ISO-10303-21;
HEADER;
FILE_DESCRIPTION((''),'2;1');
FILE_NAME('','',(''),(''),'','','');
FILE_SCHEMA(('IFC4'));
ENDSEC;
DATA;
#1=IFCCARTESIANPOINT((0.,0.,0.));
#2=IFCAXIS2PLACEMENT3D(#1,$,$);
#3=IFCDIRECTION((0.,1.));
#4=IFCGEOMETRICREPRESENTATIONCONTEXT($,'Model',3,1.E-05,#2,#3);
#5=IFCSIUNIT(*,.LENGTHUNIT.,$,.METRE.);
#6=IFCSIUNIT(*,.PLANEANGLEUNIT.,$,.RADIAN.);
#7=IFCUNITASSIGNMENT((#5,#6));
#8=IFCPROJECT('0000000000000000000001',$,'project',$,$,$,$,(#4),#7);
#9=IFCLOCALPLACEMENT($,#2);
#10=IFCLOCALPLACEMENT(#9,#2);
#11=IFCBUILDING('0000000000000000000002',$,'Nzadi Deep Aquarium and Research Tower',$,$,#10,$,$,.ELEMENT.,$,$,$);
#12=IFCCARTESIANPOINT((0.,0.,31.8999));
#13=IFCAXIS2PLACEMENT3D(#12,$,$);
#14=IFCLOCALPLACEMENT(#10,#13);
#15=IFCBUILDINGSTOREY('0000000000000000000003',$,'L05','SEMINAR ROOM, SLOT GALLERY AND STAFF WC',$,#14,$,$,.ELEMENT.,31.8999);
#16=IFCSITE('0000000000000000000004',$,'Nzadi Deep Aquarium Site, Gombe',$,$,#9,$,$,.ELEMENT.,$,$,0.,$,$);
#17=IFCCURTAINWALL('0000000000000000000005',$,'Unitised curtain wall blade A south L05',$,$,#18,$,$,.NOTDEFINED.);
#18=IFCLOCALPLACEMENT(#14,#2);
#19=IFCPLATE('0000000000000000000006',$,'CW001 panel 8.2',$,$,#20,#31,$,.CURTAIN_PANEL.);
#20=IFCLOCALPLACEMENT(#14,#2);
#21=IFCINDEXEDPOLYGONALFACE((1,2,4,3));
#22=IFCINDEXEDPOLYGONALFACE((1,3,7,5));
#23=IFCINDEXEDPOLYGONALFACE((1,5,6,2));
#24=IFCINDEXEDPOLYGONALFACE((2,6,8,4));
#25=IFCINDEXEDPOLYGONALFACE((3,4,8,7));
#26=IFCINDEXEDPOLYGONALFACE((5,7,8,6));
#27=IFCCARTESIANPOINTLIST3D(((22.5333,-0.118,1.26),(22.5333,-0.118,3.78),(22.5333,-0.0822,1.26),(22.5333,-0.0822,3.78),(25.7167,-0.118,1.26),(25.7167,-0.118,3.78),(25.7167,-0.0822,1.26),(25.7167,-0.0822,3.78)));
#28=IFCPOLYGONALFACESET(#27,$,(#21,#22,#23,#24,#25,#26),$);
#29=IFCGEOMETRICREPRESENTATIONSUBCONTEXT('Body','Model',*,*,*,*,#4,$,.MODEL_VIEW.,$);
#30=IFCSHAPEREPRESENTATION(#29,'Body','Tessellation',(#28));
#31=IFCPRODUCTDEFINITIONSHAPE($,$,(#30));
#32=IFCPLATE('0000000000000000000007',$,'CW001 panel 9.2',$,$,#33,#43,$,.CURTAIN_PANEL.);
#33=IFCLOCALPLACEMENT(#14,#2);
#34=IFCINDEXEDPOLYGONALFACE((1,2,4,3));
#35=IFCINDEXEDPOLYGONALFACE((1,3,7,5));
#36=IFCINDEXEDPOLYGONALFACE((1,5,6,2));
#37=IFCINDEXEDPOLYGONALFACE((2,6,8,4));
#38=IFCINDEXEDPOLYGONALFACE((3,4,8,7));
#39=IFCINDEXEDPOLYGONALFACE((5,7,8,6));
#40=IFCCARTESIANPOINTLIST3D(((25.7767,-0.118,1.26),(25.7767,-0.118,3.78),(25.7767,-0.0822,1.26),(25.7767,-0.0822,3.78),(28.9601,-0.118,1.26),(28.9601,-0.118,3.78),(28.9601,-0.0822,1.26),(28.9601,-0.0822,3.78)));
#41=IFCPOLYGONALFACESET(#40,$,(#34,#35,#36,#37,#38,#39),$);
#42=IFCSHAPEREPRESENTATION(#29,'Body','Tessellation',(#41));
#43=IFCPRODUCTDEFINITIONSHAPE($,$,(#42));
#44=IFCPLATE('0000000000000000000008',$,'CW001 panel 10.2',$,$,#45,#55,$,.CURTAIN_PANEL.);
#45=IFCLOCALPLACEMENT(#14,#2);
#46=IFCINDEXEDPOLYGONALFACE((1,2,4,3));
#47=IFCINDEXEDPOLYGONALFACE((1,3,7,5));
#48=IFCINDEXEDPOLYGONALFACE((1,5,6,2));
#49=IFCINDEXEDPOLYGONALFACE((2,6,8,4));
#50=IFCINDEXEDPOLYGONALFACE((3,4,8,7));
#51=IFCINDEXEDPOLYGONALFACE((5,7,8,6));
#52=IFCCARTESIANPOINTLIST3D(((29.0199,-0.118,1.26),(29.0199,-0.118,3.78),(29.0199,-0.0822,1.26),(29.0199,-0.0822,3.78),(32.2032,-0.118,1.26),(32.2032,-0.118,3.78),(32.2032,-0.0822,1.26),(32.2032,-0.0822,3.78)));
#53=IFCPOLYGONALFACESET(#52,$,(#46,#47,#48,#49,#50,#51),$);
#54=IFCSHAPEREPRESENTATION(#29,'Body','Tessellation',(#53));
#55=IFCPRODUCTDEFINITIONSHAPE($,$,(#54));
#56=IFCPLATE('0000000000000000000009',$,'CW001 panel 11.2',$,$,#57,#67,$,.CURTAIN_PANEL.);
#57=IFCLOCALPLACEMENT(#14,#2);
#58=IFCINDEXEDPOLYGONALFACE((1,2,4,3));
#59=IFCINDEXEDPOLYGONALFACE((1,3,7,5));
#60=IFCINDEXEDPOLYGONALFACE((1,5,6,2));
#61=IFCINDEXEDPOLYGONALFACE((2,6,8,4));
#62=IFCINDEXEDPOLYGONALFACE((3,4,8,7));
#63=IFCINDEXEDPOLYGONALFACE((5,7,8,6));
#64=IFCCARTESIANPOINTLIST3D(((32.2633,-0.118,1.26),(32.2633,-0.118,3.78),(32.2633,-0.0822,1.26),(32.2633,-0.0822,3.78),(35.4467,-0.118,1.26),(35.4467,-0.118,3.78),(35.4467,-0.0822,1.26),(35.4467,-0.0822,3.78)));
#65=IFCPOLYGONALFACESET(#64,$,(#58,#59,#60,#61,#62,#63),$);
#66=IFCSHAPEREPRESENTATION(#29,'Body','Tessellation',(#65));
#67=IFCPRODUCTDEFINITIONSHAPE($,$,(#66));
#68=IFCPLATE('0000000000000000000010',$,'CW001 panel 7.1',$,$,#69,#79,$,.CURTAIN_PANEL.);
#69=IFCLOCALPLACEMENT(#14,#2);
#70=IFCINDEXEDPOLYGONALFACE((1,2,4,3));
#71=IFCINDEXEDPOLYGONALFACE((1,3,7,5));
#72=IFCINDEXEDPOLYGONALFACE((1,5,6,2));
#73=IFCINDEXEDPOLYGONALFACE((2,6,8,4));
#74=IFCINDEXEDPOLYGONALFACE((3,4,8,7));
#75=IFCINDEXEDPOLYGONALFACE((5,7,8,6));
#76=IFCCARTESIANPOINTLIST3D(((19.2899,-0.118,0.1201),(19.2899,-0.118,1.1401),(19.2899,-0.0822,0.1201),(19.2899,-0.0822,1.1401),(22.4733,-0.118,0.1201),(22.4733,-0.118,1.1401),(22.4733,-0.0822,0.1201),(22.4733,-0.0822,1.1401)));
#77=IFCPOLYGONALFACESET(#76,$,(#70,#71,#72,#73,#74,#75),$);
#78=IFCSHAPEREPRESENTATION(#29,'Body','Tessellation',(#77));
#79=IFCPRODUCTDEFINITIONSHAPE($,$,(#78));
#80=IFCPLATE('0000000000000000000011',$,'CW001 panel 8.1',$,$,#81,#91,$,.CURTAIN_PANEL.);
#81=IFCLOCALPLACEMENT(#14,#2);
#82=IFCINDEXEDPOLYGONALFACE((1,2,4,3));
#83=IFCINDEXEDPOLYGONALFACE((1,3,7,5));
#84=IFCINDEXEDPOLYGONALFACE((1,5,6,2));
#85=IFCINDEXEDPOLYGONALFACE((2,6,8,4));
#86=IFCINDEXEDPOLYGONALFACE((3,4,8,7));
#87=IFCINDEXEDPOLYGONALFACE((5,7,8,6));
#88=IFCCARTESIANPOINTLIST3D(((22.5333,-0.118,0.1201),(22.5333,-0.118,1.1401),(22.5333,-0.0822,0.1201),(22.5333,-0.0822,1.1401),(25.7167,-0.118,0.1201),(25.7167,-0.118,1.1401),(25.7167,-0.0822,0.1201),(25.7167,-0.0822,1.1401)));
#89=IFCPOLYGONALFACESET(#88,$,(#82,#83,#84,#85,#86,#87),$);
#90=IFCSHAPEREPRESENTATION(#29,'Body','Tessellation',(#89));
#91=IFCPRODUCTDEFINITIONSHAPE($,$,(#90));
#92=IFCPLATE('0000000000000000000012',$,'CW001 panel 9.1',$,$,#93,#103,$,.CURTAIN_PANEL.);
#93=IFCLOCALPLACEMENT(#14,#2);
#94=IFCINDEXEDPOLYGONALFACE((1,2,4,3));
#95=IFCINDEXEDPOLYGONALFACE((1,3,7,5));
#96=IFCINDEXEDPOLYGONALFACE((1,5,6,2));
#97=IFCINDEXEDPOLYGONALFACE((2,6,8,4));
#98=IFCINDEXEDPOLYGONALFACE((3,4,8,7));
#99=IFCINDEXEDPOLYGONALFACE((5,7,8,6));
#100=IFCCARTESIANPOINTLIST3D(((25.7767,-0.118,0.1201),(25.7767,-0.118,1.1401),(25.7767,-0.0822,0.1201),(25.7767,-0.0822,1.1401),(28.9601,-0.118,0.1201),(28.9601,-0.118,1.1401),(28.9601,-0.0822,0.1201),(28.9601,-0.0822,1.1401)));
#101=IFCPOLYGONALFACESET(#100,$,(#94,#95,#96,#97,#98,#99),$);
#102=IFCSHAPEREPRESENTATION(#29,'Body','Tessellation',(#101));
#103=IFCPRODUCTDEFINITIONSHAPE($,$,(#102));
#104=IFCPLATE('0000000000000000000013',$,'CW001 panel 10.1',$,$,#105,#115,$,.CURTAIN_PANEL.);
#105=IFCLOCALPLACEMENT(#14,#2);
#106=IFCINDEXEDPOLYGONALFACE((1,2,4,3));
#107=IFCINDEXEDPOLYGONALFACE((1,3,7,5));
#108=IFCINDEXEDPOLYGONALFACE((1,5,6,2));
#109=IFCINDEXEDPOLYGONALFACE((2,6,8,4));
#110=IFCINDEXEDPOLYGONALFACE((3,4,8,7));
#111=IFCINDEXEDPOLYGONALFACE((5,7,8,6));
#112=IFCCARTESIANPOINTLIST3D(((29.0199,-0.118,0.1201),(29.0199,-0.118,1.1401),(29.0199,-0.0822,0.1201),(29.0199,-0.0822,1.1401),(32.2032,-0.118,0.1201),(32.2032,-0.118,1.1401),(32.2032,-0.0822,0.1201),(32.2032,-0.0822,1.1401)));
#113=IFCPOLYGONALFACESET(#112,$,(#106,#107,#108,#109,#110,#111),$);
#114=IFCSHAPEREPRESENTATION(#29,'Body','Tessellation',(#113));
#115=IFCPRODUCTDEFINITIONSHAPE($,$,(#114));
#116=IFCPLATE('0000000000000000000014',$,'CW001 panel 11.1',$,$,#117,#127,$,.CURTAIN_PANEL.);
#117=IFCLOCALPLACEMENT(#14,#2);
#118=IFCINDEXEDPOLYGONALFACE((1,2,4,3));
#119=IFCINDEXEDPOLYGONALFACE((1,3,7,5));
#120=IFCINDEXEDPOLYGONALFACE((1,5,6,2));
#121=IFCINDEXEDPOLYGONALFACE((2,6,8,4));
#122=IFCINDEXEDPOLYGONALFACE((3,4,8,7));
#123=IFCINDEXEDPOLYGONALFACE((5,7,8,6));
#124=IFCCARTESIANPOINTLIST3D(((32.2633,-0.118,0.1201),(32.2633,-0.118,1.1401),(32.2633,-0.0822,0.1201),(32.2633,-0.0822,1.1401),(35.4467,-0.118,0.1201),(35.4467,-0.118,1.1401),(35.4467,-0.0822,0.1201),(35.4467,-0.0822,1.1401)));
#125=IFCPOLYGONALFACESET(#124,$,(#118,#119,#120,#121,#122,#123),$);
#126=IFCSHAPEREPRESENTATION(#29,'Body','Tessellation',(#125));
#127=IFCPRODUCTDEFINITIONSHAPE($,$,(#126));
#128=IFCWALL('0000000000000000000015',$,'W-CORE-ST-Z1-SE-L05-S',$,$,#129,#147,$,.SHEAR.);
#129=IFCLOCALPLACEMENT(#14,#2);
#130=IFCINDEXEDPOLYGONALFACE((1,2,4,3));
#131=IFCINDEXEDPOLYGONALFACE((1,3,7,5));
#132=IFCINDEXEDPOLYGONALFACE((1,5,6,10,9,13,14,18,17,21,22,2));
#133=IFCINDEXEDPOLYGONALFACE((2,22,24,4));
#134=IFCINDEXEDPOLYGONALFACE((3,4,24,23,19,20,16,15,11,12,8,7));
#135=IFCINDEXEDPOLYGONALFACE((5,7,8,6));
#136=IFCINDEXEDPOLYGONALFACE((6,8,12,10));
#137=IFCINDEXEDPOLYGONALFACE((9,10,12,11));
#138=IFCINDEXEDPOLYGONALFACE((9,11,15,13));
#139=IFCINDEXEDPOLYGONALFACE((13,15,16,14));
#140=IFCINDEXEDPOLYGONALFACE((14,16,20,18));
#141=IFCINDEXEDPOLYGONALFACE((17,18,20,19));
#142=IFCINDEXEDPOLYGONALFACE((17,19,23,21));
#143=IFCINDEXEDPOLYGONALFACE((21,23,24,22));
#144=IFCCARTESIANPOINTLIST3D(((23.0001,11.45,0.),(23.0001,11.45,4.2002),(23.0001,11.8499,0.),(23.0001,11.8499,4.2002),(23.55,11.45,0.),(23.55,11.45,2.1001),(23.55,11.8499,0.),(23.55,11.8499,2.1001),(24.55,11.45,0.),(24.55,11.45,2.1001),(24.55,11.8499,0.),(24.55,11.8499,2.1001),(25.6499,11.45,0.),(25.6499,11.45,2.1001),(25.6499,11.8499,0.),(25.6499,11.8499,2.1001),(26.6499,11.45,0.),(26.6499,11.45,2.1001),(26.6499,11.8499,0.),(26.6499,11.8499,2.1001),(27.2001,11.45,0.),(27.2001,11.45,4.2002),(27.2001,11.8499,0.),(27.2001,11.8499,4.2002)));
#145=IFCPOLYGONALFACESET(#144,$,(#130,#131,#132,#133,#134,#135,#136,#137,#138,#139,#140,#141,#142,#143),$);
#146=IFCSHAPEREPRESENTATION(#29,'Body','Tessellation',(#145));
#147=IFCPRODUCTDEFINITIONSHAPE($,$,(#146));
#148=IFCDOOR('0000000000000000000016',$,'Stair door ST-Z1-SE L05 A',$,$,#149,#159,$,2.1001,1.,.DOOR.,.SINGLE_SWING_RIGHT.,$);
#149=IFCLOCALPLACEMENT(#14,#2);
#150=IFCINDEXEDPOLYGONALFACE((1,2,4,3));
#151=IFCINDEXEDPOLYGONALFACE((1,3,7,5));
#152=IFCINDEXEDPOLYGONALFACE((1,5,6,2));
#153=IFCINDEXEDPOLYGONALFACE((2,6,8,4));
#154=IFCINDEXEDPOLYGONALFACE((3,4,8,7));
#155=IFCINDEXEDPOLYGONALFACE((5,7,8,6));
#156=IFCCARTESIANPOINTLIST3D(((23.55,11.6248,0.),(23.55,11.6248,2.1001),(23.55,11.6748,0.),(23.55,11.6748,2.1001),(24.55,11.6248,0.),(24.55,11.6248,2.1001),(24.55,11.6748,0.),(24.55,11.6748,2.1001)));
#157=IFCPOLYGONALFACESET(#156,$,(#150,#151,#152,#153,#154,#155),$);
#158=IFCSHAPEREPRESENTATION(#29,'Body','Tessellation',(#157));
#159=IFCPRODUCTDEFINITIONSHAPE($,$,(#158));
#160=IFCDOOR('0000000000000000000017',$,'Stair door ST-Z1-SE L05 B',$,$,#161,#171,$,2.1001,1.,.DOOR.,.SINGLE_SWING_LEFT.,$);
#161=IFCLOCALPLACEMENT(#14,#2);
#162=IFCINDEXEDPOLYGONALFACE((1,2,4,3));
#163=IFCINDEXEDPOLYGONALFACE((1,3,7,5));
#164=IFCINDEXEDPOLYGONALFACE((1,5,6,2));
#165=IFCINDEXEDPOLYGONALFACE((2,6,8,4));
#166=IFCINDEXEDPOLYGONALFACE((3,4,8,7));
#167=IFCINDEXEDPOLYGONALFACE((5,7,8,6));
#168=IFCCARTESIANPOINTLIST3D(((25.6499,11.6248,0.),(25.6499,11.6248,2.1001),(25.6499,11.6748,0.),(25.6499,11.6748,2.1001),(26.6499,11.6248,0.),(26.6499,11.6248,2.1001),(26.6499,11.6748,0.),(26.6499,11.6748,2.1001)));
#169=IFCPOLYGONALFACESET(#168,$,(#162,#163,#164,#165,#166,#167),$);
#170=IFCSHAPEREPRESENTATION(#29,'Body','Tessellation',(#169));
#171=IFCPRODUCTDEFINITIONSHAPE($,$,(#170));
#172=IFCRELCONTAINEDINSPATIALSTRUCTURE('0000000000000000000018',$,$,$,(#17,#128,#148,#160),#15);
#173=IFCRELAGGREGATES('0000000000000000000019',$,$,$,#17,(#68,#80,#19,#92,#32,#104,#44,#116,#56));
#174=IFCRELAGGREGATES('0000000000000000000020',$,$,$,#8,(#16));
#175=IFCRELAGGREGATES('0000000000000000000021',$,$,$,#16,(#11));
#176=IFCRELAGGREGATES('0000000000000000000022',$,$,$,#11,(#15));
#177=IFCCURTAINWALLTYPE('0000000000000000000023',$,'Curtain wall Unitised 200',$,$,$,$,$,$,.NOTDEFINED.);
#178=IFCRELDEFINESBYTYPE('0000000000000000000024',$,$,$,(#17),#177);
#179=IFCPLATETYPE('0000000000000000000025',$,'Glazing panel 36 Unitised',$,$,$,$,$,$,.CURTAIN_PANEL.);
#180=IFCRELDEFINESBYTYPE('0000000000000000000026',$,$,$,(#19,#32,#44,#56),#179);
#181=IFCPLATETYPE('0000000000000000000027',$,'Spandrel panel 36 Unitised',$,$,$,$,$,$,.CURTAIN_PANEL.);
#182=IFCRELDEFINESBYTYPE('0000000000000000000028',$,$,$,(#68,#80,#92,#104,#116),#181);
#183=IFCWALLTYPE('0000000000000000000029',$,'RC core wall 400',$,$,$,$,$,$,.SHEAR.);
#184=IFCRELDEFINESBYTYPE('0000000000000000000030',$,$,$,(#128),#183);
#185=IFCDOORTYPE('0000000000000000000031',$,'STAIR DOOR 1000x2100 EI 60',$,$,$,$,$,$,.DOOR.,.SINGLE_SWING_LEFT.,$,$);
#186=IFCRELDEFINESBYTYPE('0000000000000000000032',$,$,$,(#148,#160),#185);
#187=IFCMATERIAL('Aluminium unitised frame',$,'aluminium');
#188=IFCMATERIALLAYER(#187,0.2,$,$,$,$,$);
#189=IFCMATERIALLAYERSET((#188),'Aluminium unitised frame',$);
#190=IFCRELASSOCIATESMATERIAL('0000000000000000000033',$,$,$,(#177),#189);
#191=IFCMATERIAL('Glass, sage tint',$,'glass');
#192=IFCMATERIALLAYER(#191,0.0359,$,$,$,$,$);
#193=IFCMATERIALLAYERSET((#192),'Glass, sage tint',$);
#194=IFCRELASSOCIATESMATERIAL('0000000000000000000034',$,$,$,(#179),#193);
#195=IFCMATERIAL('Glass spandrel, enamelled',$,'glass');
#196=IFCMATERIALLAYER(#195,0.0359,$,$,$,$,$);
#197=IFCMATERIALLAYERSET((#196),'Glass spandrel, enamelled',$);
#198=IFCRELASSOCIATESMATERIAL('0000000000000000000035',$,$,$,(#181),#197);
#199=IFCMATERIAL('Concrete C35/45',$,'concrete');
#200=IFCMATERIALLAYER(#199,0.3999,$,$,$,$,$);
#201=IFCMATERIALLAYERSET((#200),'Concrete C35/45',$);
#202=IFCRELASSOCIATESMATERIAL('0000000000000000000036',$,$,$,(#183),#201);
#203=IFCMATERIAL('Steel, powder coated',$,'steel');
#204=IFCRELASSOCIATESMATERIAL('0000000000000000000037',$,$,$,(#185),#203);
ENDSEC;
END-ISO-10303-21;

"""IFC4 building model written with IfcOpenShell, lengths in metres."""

from ifc_helpers import new_model, si_unit, direction, frame, frame_2d, origin, origin_2d, place, context, subcontext, project, spatial, rectangle, extrude, material, layer, layer_set, type_object, element, fill, aggregate, save


model = new_model("IFC4")

# Units and contexts
model_context = context("Model", 3, precision=1e-05, world=origin(), true_north=direction((0.0, 1.0)))
body_context = subcontext(model_context, "Body", "Model", "MODEL_VIEW")
ifc_project = project(units=[si_unit("LENGTHUNIT", "METRE"), si_unit("PLANEANGLEUNIT", "RADIAN")], contexts=[model_context])

# Site, building, storey
site_placement = place(None, origin())
site = spatial("IfcSite", under=ifc_project, at=site_placement, Name="Nzadi Deep Aquarium Site, Gombe", CompositionType="ELEMENT", RefElevation=0.0)
building_placement = place(site_placement, origin())
building = spatial("IfcBuilding", under=site, at=building_placement, Name="Nzadi Deep Aquarium and Research Tower", CompositionType="ELEMENT")
storey_placement = place(building_placement, frame((0.0, 0.0, 31.8999)))
storey = spatial("IfcBuildingStorey", under=building, at=storey_placement, Name="L05", Description="SEMINAR ROOM, SLOT GALLERY AND STAFF WC", CompositionType="ELEMENT", Elevation=31.8999)

# Curtain wall
ifc_material_1 = material(Name="Aluminium unitised frame", Category="aluminium")
ifc_layer_1 = layer(ifc_material_1, 0.2)
ifc_layer_set_1 = layer_set([ifc_layer_1], Name="Aluminium unitised frame")
curtain_wall_type = type_object("IfcCurtainWallType", Name="Curtain wall Unitised 200", PredefinedType="NOTDEFINED", material=ifc_layer_set_1)
curtain_wall_placement = place(storey_placement, origin())
curtain_wall = element("IfcCurtainWall", 1, at=curtain_wall_placement, inside=storey, type_object=curtain_wall_type, Name="Unitised curtain wall blade A south L05", PredefinedType="NOTDEFINED")

# Plates
ifc_material_2 = material(Name="Glass, sage tint", Category="glass")
ifc_layer_2 = layer(ifc_material_2, 0.0359)
ifc_layer_set_2 = layer_set([ifc_layer_2], Name="Glass, sage tint")
plate_type_1 = type_object("IfcPlateType", Name="Glazing panel 36 Unitised", PredefinedType="CURTAIN_PANEL", material=ifc_layer_set_2)
plate_1_placement = place(storey_placement, frame((24.125, -0.1001, 1.26), z_axis=(0.0, 0.0, 1.0), x_axis=(1.0, 0.0, 0.0)))
plate_1 = element("IfcPlate", 2, at=plate_1_placement, type_object=plate_type_1, Name="CW001 panel 8.2", PredefinedType="CURTAIN_PANEL", context=body_context, shape_type="SweptSolid", body=[
    extrude(rectangle(XDim=3.1833, YDim=0.0359, at=origin_2d()), origin(), (0.0, 0.0, 1.0), 2.52),
])
plate_2_placement = place(storey_placement, frame((27.3684, -0.1001, 1.26), z_axis=(0.0, 0.0, 1.0), x_axis=(1.0, 0.0, 0.0)))
plate_2 = element("IfcPlate", 3, at=plate_2_placement, type_object=plate_type_1, Name="CW001 panel 9.2", PredefinedType="CURTAIN_PANEL", context=body_context, shape_type="SweptSolid", body=[
    extrude(rectangle(XDim=3.1833, YDim=0.0359, at=origin_2d()), origin(), (0.0, 0.0, 1.0), 2.52),
])
plate_3_placement = place(storey_placement, frame((30.6116, -0.1001, 1.26), z_axis=(0.0, 0.0, 1.0), x_axis=(1.0, 0.0, 0.0)))
plate_3 = element("IfcPlate", 4, at=plate_3_placement, type_object=plate_type_1, Name="CW001 panel 10.2", PredefinedType="CURTAIN_PANEL", context=body_context, shape_type="SweptSolid", body=[
    extrude(rectangle(XDim=3.1833, YDim=0.0359, at=origin_2d()), origin(), (0.0, 0.0, 1.0), 2.52),
])
plate_4_placement = place(storey_placement, frame((33.855, -0.1001, 1.26), z_axis=(0.0, 0.0, 1.0), x_axis=(1.0, 0.0, 0.0)))
plate_4 = element("IfcPlate", 5, at=plate_4_placement, type_object=plate_type_1, Name="CW001 panel 11.2", PredefinedType="CURTAIN_PANEL", context=body_context, shape_type="SweptSolid", body=[
    extrude(rectangle(XDim=3.1833, YDim=0.0359, at=origin_2d()), origin(), (0.0, 0.0, 1.0), 2.52),
])
ifc_material_3 = material(Name="Glass spandrel, enamelled", Category="glass")
ifc_layer_3 = layer(ifc_material_3, 0.0359)
ifc_layer_set_3 = layer_set([ifc_layer_3], Name="Glass spandrel, enamelled")
plate_type_2 = type_object("IfcPlateType", Name="Spandrel panel 36 Unitised", PredefinedType="CURTAIN_PANEL", material=ifc_layer_set_3)
plate_5_placement = place(storey_placement, frame((20.8816, -0.1001, 0.1201), z_axis=(0.0, 0.0, 1.0), x_axis=(1.0, 0.0, 0.0)))
plate_5 = element("IfcPlate", 6, at=plate_5_placement, type_object=plate_type_2, Name="CW001 panel 7.1", PredefinedType="CURTAIN_PANEL", context=body_context, shape_type="SweptSolid", body=[
    extrude(rectangle(XDim=3.1833, YDim=0.0359, at=origin_2d()), origin(), (0.0, 0.0, 1.0), 1.02),
])
plate_6_placement = place(storey_placement, frame((24.125, -0.1001, 0.1201), z_axis=(0.0, 0.0, 1.0), x_axis=(1.0, 0.0, 0.0)))
plate_6 = element("IfcPlate", 7, at=plate_6_placement, type_object=plate_type_2, Name="CW001 panel 8.1", PredefinedType="CURTAIN_PANEL", context=body_context, shape_type="SweptSolid", body=[
    extrude(rectangle(XDim=3.1833, YDim=0.0359, at=origin_2d()), origin(), (0.0, 0.0, 1.0), 1.02),
])
plate_7_placement = place(storey_placement, frame((27.3684, -0.1001, 0.1201), z_axis=(0.0, 0.0, 1.0), x_axis=(1.0, 0.0, 0.0)))
plate_7 = element("IfcPlate", 8, at=plate_7_placement, type_object=plate_type_2, Name="CW001 panel 9.1", PredefinedType="CURTAIN_PANEL", context=body_context, shape_type="SweptSolid", body=[
    extrude(rectangle(XDim=3.1833, YDim=0.0359, at=origin_2d()), origin(), (0.0, 0.0, 1.0), 1.02),
])
plate_8_placement = place(storey_placement, frame((30.6116, -0.1001, 0.1201), z_axis=(0.0, 0.0, 1.0), x_axis=(1.0, 0.0, 0.0)))
plate_8 = element("IfcPlate", 9, at=plate_8_placement, type_object=plate_type_2, Name="CW001 panel 10.1", PredefinedType="CURTAIN_PANEL", context=body_context, shape_type="SweptSolid", body=[
    extrude(rectangle(XDim=3.1833, YDim=0.0359, at=origin_2d()), origin(), (0.0, 0.0, 1.0), 1.02),
])
plate_9_placement = place(storey_placement, frame((33.855, -0.1001, 0.1201), z_axis=(0.0, 0.0, 1.0), x_axis=(1.0, 0.0, 0.0)))
plate_9 = element("IfcPlate", 10, at=plate_9_placement, type_object=plate_type_2, Name="CW001 panel 11.1", PredefinedType="CURTAIN_PANEL", context=body_context, shape_type="SweptSolid", body=[
    extrude(rectangle(XDim=3.1833, YDim=0.0359, at=origin_2d()), origin(), (0.0, 0.0, 1.0), 1.02),
])
aggregate(curtain_wall, [plate_5, plate_6, plate_1, plate_7, plate_2, plate_8, plate_3, plate_9, plate_4])

# Wall, openings, doors
ifc_material_4 = material(Name="Concrete C35/45", Category="concrete")
ifc_layer_4 = layer(ifc_material_4, 0.3999)
ifc_layer_set_4 = layer_set([ifc_layer_4], Name="Concrete C35/45")
wall_type = type_object("IfcWallType", Name="RC core wall 400", PredefinedType="SHEAR", material=ifc_layer_set_4)
wall_placement = place(storey_placement, frame((23.0, 11.6499, 0.0), z_axis=(0.0, 0.0, 1.0), x_axis=(1.0, 0.0, 0.0)))
wall = element("IfcWall", 11, at=wall_placement, inside=storey, type_object=wall_type, Name="W-CORE-ST-Z1-SE-L05-S", PredefinedType="SHEAR", context=body_context, shape_type="SweptSolid", body=[
    extrude(rectangle(XDim=4.2, YDim=0.3999, at=frame_2d((2.1001, 0.0))), origin(), (0.0, 0.0, 1.0), 4.2002),
])
opening_1_placement = place(wall_placement, frame((0.55, 0.0, 0.0)))
opening_1 = element("IfcOpeningElement", 12, at=opening_1_placement, cuts=wall, PredefinedType="OPENING", context=body_context, shape_type="SweptSolid", body=[
    extrude(rectangle(XDim=1.0, YDim=2.1001, at=frame_2d((0.5, 1.05))), frame((0.0, 0.21, 0.0), z_axis=(0.0, -1.0, 0.0), x_axis=(1.0, 0.0, 0.0)), (0.0, 0.0, 1.0), 0.4199),
])
opening_2_placement = place(wall_placement, frame((2.6499, 0.0, 0.0)))
opening_2 = element("IfcOpeningElement", 13, at=opening_2_placement, cuts=wall, PredefinedType="OPENING", context=body_context, shape_type="SweptSolid", body=[
    extrude(rectangle(XDim=1.0, YDim=2.1001, at=frame_2d((0.5, 1.05))), frame((0.0, 0.21, 0.0), z_axis=(0.0, -1.0, 0.0), x_axis=(1.0, 0.0, 0.0)), (0.0, 0.0, 1.0), 0.4199),
])
ifc_material_5 = material(Name="Steel, powder coated", Category="steel")
door_type = type_object("IfcDoorType", Name="STAIR DOOR 1000x2100 EI 60", OperationType="SINGLE_SWING_LEFT", PredefinedType="DOOR", material=ifc_material_5)
door_1_placement = place(opening_1_placement, origin())
door_1 = element("IfcDoor", 14, at=door_1_placement, inside=storey, type_object=door_type, Name="Stair door ST-Z1-SE L05 A", OperationType="SINGLE_SWING_RIGHT", OverallHeight=2.1001, OverallWidth=1.0, PredefinedType="DOOR", context=body_context, shape_type="SweptSolid", body=[
    extrude(rectangle(XDim=1.0, YDim=2.1001, at=frame_2d((0.5, 1.05))), frame((0.0, 0.0249, 0.0), z_axis=(0.0, -1.0, 0.0), x_axis=(1.0, 0.0, 0.0)), (0.0, 0.0, 1.0), 0.05),
])
fill(opening_1, door_1)
door_2_placement = place(opening_2_placement, origin())
door_2 = element("IfcDoor", 15, at=door_2_placement, inside=storey, type_object=door_type, Name="Stair door ST-Z1-SE L05 B", OperationType="SINGLE_SWING_LEFT", OverallHeight=2.1001, OverallWidth=1.0, PredefinedType="DOOR", context=body_context, shape_type="SweptSolid", body=[
    extrude(rectangle(XDim=1.0, YDim=2.1001, at=frame_2d((0.5, 1.05))), frame((0.0, 0.0249, 0.0), z_axis=(0.0, -1.0, 0.0), x_axis=(1.0, 0.0, 0.0)), (0.0, 0.0, 1.0), 0.05),
])
fill(opening_2, door_2)

save(model, "model.ifc")
